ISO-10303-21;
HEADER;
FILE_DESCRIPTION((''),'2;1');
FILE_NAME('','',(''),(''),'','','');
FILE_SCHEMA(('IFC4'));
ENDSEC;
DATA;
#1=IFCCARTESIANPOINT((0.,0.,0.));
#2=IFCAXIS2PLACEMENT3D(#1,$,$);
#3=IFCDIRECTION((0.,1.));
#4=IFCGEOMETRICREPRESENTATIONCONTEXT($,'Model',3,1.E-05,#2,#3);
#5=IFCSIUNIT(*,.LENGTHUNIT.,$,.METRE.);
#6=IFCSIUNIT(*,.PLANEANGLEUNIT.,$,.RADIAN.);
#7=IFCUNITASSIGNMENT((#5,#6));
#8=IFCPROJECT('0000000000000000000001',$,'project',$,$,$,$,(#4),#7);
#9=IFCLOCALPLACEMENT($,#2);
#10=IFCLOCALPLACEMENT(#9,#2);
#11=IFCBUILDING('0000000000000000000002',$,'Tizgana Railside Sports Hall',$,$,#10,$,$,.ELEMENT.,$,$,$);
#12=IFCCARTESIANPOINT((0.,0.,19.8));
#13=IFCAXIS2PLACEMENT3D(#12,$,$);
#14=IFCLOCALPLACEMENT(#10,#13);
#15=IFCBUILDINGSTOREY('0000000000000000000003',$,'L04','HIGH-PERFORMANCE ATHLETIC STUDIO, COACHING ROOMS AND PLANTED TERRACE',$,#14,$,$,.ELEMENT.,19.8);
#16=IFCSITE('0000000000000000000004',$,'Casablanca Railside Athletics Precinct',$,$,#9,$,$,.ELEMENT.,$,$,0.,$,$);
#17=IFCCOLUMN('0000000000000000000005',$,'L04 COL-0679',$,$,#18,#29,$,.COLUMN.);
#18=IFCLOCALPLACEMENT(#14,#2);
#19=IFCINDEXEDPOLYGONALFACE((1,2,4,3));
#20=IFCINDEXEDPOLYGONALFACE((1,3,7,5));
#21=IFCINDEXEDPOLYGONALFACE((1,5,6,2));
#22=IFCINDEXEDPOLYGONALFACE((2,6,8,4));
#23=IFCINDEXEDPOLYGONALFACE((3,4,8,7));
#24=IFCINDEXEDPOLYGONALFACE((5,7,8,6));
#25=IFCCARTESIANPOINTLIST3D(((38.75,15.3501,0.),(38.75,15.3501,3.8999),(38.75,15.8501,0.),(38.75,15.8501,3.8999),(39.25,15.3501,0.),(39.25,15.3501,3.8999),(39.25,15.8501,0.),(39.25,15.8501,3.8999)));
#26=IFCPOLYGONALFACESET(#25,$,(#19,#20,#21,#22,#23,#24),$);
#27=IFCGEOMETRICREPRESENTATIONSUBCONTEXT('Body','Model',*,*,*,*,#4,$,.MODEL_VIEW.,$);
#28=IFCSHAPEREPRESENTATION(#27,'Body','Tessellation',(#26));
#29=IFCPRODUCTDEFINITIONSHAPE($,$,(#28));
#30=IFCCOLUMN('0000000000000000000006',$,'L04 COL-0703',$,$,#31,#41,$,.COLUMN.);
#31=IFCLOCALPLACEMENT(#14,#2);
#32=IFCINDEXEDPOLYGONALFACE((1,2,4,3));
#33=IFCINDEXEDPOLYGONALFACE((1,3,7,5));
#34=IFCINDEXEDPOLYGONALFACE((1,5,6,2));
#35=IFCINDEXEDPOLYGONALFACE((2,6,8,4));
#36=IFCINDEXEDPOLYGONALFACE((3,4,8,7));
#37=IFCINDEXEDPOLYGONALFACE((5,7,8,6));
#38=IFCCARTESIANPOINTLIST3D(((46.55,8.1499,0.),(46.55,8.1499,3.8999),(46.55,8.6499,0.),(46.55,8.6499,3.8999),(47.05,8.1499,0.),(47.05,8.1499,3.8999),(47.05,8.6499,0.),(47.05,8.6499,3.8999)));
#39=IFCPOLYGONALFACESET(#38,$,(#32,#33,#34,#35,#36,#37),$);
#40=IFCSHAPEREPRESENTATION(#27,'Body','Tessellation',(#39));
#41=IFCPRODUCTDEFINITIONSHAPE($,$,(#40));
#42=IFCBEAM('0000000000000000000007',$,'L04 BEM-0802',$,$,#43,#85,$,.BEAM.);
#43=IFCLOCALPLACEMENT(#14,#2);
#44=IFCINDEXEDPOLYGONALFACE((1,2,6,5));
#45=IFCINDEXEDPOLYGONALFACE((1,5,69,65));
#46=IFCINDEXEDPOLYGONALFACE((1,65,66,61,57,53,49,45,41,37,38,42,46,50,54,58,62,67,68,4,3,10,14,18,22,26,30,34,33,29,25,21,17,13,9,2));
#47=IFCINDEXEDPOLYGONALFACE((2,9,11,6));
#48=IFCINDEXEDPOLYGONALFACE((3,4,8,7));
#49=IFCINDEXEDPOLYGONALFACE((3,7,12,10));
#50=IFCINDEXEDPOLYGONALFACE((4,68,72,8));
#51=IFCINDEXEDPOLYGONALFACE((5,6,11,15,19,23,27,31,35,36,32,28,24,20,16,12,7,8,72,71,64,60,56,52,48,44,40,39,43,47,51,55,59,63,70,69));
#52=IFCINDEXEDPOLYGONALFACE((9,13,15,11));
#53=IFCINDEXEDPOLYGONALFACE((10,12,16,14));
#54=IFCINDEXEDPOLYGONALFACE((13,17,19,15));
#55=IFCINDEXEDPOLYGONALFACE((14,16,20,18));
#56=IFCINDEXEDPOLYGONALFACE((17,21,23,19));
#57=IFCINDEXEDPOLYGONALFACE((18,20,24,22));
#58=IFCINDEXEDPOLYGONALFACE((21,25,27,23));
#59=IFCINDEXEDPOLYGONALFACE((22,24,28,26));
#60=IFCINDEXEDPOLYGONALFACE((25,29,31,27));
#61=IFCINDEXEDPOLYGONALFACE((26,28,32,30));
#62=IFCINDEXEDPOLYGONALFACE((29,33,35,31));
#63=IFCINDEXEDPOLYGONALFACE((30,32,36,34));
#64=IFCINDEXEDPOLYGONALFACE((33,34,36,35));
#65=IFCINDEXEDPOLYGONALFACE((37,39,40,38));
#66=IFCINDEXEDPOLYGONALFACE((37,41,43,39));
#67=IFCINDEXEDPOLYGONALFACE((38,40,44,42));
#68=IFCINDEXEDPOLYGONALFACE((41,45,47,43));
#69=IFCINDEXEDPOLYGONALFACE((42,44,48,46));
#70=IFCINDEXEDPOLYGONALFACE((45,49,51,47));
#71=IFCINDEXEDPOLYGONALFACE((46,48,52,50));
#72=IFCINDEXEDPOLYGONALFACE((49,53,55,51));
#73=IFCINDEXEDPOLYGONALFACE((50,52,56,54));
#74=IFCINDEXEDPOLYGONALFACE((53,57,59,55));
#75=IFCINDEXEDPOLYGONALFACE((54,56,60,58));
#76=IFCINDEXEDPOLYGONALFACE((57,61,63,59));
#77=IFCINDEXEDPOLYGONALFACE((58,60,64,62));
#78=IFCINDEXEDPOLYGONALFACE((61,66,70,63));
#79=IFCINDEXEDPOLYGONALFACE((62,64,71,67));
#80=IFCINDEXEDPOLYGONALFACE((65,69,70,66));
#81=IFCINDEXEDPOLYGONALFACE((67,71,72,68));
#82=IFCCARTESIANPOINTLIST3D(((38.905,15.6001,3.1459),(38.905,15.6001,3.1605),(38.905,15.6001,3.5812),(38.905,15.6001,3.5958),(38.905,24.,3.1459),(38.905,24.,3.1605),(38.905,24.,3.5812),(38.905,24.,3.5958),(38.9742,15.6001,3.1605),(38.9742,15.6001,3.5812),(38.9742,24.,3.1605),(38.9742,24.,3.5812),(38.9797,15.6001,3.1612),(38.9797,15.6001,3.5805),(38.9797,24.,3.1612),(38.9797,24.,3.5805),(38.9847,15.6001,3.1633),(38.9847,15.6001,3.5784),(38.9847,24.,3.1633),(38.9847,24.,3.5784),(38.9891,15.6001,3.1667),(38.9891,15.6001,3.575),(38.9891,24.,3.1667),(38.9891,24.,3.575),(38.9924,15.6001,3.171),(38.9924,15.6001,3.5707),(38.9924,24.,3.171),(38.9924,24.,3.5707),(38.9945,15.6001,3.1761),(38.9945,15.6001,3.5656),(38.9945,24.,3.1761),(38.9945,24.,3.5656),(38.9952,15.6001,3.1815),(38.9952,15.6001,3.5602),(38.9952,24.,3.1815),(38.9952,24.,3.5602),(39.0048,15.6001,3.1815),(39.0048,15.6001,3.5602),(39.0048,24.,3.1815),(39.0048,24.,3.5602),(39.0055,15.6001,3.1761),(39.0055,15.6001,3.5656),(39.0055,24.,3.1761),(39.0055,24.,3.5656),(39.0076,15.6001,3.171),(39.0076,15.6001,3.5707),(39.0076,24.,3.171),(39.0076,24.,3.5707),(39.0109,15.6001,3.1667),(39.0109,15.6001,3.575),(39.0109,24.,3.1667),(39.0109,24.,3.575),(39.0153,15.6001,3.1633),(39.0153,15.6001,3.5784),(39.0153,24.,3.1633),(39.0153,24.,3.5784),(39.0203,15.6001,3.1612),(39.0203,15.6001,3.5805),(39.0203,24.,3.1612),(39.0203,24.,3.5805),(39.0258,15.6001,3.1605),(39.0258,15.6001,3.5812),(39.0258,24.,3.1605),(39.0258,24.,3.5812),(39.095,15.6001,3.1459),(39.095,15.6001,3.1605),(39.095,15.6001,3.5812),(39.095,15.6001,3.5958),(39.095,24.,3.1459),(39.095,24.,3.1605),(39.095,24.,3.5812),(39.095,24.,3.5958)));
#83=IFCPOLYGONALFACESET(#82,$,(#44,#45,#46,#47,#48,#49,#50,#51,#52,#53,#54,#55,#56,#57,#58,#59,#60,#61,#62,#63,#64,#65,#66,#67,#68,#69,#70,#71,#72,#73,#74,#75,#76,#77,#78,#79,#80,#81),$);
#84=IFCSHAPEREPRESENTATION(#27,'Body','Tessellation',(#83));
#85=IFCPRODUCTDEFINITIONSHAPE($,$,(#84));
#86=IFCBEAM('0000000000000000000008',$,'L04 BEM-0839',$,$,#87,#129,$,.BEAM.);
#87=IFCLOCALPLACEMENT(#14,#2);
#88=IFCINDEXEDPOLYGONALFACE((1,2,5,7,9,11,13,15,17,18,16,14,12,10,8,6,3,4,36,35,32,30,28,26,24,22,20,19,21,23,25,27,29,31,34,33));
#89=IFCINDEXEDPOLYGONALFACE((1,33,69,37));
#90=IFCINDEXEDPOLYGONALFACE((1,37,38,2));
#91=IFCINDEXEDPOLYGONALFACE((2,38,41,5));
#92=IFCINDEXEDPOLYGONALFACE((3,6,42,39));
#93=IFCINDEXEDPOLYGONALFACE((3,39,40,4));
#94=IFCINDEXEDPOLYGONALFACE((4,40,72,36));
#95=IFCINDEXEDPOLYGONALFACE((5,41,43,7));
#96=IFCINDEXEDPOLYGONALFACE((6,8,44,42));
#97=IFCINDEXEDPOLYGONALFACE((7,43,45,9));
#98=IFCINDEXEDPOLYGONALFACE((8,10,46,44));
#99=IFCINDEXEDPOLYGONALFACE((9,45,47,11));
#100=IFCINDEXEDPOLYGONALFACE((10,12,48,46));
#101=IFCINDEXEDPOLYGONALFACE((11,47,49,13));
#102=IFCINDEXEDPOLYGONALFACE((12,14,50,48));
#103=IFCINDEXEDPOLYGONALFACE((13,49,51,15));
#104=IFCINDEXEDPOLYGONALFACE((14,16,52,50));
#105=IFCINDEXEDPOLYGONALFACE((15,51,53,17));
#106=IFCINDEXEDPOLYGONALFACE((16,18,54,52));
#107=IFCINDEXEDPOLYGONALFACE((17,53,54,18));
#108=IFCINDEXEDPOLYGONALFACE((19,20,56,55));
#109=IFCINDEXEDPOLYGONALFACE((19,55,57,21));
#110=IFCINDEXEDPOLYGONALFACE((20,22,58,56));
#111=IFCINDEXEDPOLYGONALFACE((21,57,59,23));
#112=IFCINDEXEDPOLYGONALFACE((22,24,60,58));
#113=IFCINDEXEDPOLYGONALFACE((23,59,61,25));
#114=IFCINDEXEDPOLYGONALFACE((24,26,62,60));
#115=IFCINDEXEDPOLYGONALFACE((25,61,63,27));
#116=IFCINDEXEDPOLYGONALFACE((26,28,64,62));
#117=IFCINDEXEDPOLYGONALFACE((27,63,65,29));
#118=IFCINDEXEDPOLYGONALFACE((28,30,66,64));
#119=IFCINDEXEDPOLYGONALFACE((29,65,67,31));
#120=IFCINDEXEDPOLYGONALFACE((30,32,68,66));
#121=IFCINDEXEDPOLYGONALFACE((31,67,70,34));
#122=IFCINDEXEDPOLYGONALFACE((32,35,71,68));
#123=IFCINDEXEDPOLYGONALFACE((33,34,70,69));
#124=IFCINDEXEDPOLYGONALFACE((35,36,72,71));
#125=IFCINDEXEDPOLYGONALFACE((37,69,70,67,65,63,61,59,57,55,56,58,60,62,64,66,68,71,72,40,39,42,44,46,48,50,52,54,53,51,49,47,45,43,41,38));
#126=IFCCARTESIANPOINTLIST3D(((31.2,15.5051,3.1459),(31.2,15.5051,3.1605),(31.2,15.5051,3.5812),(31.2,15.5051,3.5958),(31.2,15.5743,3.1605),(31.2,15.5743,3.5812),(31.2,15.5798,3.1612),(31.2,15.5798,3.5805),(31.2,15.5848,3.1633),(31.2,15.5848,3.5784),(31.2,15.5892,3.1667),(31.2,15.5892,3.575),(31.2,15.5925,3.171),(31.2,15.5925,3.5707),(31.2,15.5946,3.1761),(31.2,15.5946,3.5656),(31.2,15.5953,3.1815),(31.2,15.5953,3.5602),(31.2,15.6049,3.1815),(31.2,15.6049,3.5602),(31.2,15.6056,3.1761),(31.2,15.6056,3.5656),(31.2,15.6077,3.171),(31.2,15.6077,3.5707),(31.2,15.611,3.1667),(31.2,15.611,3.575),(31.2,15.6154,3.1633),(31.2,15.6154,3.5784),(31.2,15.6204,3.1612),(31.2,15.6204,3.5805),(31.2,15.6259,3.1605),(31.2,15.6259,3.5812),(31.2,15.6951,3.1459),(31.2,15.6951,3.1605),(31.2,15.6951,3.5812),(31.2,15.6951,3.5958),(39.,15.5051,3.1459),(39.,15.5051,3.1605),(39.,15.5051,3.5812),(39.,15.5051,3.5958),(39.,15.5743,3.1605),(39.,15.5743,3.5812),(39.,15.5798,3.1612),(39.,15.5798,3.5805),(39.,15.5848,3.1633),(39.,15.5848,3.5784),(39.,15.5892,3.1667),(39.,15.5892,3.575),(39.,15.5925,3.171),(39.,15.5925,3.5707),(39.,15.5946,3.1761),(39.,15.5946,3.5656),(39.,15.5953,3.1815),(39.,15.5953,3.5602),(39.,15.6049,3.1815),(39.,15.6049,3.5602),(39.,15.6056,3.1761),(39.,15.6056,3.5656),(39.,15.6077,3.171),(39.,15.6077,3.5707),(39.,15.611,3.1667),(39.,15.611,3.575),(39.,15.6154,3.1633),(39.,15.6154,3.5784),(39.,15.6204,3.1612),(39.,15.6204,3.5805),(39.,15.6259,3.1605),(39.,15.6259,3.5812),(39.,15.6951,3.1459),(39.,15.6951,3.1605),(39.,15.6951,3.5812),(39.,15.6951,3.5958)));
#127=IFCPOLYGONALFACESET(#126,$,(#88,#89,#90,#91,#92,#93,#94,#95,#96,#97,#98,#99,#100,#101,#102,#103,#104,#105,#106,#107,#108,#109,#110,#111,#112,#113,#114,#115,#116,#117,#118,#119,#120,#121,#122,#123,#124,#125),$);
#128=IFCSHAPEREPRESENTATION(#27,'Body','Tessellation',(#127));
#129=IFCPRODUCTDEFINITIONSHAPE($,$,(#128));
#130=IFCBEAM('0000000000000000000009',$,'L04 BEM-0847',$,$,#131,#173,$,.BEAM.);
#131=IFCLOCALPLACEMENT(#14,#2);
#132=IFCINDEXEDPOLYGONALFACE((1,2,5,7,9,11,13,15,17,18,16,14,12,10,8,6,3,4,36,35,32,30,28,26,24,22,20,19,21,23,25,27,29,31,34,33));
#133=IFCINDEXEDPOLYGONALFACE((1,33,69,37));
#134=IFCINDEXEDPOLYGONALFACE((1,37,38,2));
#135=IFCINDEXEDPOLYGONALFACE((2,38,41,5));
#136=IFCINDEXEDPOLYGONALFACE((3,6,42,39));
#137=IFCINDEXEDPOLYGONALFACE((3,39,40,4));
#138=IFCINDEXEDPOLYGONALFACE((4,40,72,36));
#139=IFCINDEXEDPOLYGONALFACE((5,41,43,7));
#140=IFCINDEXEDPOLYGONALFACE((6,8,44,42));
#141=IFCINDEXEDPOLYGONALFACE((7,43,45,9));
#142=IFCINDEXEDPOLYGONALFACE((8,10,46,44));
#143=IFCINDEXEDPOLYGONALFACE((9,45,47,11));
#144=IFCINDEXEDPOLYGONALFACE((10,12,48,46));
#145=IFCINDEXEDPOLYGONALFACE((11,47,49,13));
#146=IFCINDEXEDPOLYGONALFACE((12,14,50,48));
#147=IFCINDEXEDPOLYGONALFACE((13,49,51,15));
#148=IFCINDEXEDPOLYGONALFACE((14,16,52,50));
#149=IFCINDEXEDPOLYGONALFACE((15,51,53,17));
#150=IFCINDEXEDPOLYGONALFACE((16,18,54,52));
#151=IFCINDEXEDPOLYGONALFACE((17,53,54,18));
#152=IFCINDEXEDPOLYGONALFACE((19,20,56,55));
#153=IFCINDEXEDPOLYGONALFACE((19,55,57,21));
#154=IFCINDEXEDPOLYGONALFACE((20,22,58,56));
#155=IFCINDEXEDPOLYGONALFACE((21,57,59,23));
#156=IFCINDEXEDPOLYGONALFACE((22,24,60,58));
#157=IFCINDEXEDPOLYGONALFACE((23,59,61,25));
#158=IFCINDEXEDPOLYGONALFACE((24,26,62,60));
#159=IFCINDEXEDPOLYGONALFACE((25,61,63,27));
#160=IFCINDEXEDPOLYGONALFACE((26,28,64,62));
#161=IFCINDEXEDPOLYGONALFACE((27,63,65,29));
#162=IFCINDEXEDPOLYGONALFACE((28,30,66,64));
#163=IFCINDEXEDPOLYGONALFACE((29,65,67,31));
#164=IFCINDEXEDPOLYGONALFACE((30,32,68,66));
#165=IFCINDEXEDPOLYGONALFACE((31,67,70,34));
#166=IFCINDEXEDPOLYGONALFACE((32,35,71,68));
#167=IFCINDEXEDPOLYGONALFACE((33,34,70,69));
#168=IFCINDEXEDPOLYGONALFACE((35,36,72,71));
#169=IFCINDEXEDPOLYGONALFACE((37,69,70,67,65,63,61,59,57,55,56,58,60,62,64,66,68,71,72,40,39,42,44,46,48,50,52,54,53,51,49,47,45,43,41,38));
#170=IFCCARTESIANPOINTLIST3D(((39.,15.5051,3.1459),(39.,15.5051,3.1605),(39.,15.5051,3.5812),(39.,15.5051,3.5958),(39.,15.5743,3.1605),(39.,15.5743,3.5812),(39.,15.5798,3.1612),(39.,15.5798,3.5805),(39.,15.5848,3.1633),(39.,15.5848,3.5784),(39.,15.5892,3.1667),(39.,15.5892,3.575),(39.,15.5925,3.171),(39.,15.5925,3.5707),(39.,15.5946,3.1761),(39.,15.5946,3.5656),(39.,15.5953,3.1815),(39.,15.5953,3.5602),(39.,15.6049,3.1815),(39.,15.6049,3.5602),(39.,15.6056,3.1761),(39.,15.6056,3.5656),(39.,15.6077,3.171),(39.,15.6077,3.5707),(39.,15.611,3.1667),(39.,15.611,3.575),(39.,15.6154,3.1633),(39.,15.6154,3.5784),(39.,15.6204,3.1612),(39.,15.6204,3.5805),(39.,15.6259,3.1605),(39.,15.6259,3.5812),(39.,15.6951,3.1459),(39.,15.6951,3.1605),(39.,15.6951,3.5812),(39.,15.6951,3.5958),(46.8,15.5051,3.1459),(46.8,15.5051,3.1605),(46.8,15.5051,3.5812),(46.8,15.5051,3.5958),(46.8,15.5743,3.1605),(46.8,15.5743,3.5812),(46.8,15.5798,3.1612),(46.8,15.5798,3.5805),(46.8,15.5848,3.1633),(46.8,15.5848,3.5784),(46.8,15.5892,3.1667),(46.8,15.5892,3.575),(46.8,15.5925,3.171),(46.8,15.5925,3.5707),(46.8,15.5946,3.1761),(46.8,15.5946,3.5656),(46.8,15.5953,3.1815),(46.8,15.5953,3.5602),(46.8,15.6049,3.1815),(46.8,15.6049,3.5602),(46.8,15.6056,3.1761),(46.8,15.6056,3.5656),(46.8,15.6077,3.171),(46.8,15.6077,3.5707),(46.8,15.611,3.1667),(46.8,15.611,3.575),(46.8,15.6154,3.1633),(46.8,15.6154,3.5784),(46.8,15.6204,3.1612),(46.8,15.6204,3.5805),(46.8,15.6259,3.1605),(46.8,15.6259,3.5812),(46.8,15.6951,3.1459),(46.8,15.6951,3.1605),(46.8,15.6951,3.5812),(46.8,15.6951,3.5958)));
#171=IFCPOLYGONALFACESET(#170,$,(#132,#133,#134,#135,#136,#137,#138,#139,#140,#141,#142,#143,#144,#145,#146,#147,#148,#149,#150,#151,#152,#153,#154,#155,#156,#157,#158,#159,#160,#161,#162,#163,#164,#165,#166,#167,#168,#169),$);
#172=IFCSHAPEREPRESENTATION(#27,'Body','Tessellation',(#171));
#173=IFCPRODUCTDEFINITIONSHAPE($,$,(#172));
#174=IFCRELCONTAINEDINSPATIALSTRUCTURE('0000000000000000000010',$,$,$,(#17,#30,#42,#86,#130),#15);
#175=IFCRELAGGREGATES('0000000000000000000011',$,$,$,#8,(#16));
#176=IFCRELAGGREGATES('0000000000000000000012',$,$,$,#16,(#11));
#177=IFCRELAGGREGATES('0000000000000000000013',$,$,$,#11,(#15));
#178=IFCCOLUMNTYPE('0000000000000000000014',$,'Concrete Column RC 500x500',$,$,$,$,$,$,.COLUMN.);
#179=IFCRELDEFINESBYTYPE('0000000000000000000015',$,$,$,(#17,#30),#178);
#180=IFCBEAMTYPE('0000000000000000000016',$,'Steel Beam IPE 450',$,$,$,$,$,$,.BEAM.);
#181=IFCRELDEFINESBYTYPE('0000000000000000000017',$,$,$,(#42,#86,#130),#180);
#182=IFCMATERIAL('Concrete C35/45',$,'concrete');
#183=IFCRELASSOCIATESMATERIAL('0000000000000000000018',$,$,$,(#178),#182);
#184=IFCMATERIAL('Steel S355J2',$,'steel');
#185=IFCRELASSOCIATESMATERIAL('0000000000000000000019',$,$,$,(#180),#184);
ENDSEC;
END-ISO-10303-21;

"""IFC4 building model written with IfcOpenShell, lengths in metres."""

from ifc_helpers import new_model, si_unit, direction, frame, origin, origin_2d, place, context, subcontext, project, spatial, rectangle, i_section, extrude, material, material_profile, profile_set, type_object, element, save


model = new_model("IFC4")

# Units and contexts
model_context = context("Model", 3, precision=1e-05, world=origin(), true_north=direction((0.0, 1.0)))
body_context = subcontext(model_context, "Body", "Model", "MODEL_VIEW")
ifc_project = project(units=[si_unit("LENGTHUNIT", "METRE"), si_unit("PLANEANGLEUNIT", "RADIAN")], contexts=[model_context])

# Site, building, storey
site_placement = place(None, origin())
site = spatial("IfcSite", under=ifc_project, at=site_placement, Name="Casablanca Railside Athletics Precinct", CompositionType="ELEMENT", RefElevation=0.0)
building_placement = place(site_placement, origin())
building = spatial("IfcBuilding", under=site, at=building_placement, Name="Tizgana Railside Sports Hall", CompositionType="ELEMENT")
storey_placement = place(building_placement, frame((0.0, 0.0, 19.8)))
storey = spatial("IfcBuildingStorey", under=building, at=storey_placement, Name="L04", Description="HIGH-PERFORMANCE ATHLETIC STUDIO, COACHING ROOMS AND PLANTED TERRACE", CompositionType="ELEMENT", Elevation=19.8)

# Columns
ifc_material_1 = material(Name="Concrete C35/45", Category="concrete")
ifc_material_profile_1 = material_profile(ifc_material_1, rectangle(XDim=0.5, YDim=0.5, at=origin_2d()), Name="RC 500x500")
ifc_profile_set_1 = profile_set([ifc_material_profile_1], Name="Concrete C35/45")
column_type = type_object("IfcColumnType", Name="Concrete Column RC 500x500", PredefinedType="COLUMN", material=ifc_profile_set_1)
for number, where, z_axis, x_axis, name in (
    (1, (39.0, 15.6001, 0.0), (0.0, 0.0, 1.0), (1.0, 0.0, 0.0), "L04 COL-0679"),
    (2, (46.8, 8.3999, 0.0), (0.0, 0.0, 1.0), (1.0, 0.0, 0.0), "L04 COL-0703"),
):
    element("IfcColumn", number, at=place(storey_placement, frame(where, z_axis=z_axis, x_axis=x_axis)), inside=storey, type_object=column_type, Name=name, PredefinedType="COLUMN", context=body_context, shape_type="SweptSolid", body=[
        extrude(rectangle(XDim=0.5, YDim=0.5, at=origin_2d()), origin(), (0.0, 0.0, 1.0), 3.8999),
    ])

# Beams
ifc_material_2 = material(Name="Steel S355J2", Category="steel")
ifc_material_profile_2 = material_profile(ifc_material_2, i_section(OverallWidth=0.1899, OverallDepth=0.45, WebThickness=0.0095, FlangeThickness=0.0146, FilletRadius=0.021, at=origin_2d()), Name="IPE 450")
ifc_profile_set_2 = profile_set([ifc_material_profile_2], Name="Steel S355J2")
beam_type_1 = type_object("IfcBeamType", Name="Steel Beam IPE 450", PredefinedType="BEAM", material=ifc_profile_set_2)
beam_placement = place(storey_placement, frame((39.0, 15.6001, 3.3708), z_axis=(0.0, 1.0, 0.0), x_axis=(-1.0, 0.0, 0.0)))
element("IfcBeam", 3, at=beam_placement, inside=storey, type_object=beam_type_1, Name="L04 BEM-0802", PredefinedType="BEAM", context=body_context, shape_type="SweptSolid", body=[
    extrude(i_section(OverallWidth=0.1899, OverallDepth=0.45, WebThickness=0.0095, FlangeThickness=0.0146, FilletRadius=0.021, at=origin_2d()), origin(), (0.0, 0.0, 1.0), 8.3999),
])
for number, where, z_axis, x_axis, name in (
    (4, (31.2, 15.6001, 3.3708), (1.0, 0.0, 0.0), (0.0, 1.0, 0.0), "L04 BEM-0839"),
    (5, (39.0, 15.6001, 3.3708), (1.0, 0.0, 0.0), (0.0, 1.0, 0.0), "L04 BEM-0847"),
):
    element("IfcBeam", number, at=place(storey_placement, frame(where, z_axis=z_axis, x_axis=x_axis)), inside=storey, type_object=beam_type_1, Name=name, PredefinedType="BEAM", context=body_context, shape_type="SweptSolid", body=[
        extrude(i_section(OverallWidth=0.1899, OverallDepth=0.45, WebThickness=0.0095, FlangeThickness=0.0146, FilletRadius=0.021, at=origin_2d()), origin(), (0.0, 0.0, 1.0), 7.8),
    ])

save(model, "model.ifc")
